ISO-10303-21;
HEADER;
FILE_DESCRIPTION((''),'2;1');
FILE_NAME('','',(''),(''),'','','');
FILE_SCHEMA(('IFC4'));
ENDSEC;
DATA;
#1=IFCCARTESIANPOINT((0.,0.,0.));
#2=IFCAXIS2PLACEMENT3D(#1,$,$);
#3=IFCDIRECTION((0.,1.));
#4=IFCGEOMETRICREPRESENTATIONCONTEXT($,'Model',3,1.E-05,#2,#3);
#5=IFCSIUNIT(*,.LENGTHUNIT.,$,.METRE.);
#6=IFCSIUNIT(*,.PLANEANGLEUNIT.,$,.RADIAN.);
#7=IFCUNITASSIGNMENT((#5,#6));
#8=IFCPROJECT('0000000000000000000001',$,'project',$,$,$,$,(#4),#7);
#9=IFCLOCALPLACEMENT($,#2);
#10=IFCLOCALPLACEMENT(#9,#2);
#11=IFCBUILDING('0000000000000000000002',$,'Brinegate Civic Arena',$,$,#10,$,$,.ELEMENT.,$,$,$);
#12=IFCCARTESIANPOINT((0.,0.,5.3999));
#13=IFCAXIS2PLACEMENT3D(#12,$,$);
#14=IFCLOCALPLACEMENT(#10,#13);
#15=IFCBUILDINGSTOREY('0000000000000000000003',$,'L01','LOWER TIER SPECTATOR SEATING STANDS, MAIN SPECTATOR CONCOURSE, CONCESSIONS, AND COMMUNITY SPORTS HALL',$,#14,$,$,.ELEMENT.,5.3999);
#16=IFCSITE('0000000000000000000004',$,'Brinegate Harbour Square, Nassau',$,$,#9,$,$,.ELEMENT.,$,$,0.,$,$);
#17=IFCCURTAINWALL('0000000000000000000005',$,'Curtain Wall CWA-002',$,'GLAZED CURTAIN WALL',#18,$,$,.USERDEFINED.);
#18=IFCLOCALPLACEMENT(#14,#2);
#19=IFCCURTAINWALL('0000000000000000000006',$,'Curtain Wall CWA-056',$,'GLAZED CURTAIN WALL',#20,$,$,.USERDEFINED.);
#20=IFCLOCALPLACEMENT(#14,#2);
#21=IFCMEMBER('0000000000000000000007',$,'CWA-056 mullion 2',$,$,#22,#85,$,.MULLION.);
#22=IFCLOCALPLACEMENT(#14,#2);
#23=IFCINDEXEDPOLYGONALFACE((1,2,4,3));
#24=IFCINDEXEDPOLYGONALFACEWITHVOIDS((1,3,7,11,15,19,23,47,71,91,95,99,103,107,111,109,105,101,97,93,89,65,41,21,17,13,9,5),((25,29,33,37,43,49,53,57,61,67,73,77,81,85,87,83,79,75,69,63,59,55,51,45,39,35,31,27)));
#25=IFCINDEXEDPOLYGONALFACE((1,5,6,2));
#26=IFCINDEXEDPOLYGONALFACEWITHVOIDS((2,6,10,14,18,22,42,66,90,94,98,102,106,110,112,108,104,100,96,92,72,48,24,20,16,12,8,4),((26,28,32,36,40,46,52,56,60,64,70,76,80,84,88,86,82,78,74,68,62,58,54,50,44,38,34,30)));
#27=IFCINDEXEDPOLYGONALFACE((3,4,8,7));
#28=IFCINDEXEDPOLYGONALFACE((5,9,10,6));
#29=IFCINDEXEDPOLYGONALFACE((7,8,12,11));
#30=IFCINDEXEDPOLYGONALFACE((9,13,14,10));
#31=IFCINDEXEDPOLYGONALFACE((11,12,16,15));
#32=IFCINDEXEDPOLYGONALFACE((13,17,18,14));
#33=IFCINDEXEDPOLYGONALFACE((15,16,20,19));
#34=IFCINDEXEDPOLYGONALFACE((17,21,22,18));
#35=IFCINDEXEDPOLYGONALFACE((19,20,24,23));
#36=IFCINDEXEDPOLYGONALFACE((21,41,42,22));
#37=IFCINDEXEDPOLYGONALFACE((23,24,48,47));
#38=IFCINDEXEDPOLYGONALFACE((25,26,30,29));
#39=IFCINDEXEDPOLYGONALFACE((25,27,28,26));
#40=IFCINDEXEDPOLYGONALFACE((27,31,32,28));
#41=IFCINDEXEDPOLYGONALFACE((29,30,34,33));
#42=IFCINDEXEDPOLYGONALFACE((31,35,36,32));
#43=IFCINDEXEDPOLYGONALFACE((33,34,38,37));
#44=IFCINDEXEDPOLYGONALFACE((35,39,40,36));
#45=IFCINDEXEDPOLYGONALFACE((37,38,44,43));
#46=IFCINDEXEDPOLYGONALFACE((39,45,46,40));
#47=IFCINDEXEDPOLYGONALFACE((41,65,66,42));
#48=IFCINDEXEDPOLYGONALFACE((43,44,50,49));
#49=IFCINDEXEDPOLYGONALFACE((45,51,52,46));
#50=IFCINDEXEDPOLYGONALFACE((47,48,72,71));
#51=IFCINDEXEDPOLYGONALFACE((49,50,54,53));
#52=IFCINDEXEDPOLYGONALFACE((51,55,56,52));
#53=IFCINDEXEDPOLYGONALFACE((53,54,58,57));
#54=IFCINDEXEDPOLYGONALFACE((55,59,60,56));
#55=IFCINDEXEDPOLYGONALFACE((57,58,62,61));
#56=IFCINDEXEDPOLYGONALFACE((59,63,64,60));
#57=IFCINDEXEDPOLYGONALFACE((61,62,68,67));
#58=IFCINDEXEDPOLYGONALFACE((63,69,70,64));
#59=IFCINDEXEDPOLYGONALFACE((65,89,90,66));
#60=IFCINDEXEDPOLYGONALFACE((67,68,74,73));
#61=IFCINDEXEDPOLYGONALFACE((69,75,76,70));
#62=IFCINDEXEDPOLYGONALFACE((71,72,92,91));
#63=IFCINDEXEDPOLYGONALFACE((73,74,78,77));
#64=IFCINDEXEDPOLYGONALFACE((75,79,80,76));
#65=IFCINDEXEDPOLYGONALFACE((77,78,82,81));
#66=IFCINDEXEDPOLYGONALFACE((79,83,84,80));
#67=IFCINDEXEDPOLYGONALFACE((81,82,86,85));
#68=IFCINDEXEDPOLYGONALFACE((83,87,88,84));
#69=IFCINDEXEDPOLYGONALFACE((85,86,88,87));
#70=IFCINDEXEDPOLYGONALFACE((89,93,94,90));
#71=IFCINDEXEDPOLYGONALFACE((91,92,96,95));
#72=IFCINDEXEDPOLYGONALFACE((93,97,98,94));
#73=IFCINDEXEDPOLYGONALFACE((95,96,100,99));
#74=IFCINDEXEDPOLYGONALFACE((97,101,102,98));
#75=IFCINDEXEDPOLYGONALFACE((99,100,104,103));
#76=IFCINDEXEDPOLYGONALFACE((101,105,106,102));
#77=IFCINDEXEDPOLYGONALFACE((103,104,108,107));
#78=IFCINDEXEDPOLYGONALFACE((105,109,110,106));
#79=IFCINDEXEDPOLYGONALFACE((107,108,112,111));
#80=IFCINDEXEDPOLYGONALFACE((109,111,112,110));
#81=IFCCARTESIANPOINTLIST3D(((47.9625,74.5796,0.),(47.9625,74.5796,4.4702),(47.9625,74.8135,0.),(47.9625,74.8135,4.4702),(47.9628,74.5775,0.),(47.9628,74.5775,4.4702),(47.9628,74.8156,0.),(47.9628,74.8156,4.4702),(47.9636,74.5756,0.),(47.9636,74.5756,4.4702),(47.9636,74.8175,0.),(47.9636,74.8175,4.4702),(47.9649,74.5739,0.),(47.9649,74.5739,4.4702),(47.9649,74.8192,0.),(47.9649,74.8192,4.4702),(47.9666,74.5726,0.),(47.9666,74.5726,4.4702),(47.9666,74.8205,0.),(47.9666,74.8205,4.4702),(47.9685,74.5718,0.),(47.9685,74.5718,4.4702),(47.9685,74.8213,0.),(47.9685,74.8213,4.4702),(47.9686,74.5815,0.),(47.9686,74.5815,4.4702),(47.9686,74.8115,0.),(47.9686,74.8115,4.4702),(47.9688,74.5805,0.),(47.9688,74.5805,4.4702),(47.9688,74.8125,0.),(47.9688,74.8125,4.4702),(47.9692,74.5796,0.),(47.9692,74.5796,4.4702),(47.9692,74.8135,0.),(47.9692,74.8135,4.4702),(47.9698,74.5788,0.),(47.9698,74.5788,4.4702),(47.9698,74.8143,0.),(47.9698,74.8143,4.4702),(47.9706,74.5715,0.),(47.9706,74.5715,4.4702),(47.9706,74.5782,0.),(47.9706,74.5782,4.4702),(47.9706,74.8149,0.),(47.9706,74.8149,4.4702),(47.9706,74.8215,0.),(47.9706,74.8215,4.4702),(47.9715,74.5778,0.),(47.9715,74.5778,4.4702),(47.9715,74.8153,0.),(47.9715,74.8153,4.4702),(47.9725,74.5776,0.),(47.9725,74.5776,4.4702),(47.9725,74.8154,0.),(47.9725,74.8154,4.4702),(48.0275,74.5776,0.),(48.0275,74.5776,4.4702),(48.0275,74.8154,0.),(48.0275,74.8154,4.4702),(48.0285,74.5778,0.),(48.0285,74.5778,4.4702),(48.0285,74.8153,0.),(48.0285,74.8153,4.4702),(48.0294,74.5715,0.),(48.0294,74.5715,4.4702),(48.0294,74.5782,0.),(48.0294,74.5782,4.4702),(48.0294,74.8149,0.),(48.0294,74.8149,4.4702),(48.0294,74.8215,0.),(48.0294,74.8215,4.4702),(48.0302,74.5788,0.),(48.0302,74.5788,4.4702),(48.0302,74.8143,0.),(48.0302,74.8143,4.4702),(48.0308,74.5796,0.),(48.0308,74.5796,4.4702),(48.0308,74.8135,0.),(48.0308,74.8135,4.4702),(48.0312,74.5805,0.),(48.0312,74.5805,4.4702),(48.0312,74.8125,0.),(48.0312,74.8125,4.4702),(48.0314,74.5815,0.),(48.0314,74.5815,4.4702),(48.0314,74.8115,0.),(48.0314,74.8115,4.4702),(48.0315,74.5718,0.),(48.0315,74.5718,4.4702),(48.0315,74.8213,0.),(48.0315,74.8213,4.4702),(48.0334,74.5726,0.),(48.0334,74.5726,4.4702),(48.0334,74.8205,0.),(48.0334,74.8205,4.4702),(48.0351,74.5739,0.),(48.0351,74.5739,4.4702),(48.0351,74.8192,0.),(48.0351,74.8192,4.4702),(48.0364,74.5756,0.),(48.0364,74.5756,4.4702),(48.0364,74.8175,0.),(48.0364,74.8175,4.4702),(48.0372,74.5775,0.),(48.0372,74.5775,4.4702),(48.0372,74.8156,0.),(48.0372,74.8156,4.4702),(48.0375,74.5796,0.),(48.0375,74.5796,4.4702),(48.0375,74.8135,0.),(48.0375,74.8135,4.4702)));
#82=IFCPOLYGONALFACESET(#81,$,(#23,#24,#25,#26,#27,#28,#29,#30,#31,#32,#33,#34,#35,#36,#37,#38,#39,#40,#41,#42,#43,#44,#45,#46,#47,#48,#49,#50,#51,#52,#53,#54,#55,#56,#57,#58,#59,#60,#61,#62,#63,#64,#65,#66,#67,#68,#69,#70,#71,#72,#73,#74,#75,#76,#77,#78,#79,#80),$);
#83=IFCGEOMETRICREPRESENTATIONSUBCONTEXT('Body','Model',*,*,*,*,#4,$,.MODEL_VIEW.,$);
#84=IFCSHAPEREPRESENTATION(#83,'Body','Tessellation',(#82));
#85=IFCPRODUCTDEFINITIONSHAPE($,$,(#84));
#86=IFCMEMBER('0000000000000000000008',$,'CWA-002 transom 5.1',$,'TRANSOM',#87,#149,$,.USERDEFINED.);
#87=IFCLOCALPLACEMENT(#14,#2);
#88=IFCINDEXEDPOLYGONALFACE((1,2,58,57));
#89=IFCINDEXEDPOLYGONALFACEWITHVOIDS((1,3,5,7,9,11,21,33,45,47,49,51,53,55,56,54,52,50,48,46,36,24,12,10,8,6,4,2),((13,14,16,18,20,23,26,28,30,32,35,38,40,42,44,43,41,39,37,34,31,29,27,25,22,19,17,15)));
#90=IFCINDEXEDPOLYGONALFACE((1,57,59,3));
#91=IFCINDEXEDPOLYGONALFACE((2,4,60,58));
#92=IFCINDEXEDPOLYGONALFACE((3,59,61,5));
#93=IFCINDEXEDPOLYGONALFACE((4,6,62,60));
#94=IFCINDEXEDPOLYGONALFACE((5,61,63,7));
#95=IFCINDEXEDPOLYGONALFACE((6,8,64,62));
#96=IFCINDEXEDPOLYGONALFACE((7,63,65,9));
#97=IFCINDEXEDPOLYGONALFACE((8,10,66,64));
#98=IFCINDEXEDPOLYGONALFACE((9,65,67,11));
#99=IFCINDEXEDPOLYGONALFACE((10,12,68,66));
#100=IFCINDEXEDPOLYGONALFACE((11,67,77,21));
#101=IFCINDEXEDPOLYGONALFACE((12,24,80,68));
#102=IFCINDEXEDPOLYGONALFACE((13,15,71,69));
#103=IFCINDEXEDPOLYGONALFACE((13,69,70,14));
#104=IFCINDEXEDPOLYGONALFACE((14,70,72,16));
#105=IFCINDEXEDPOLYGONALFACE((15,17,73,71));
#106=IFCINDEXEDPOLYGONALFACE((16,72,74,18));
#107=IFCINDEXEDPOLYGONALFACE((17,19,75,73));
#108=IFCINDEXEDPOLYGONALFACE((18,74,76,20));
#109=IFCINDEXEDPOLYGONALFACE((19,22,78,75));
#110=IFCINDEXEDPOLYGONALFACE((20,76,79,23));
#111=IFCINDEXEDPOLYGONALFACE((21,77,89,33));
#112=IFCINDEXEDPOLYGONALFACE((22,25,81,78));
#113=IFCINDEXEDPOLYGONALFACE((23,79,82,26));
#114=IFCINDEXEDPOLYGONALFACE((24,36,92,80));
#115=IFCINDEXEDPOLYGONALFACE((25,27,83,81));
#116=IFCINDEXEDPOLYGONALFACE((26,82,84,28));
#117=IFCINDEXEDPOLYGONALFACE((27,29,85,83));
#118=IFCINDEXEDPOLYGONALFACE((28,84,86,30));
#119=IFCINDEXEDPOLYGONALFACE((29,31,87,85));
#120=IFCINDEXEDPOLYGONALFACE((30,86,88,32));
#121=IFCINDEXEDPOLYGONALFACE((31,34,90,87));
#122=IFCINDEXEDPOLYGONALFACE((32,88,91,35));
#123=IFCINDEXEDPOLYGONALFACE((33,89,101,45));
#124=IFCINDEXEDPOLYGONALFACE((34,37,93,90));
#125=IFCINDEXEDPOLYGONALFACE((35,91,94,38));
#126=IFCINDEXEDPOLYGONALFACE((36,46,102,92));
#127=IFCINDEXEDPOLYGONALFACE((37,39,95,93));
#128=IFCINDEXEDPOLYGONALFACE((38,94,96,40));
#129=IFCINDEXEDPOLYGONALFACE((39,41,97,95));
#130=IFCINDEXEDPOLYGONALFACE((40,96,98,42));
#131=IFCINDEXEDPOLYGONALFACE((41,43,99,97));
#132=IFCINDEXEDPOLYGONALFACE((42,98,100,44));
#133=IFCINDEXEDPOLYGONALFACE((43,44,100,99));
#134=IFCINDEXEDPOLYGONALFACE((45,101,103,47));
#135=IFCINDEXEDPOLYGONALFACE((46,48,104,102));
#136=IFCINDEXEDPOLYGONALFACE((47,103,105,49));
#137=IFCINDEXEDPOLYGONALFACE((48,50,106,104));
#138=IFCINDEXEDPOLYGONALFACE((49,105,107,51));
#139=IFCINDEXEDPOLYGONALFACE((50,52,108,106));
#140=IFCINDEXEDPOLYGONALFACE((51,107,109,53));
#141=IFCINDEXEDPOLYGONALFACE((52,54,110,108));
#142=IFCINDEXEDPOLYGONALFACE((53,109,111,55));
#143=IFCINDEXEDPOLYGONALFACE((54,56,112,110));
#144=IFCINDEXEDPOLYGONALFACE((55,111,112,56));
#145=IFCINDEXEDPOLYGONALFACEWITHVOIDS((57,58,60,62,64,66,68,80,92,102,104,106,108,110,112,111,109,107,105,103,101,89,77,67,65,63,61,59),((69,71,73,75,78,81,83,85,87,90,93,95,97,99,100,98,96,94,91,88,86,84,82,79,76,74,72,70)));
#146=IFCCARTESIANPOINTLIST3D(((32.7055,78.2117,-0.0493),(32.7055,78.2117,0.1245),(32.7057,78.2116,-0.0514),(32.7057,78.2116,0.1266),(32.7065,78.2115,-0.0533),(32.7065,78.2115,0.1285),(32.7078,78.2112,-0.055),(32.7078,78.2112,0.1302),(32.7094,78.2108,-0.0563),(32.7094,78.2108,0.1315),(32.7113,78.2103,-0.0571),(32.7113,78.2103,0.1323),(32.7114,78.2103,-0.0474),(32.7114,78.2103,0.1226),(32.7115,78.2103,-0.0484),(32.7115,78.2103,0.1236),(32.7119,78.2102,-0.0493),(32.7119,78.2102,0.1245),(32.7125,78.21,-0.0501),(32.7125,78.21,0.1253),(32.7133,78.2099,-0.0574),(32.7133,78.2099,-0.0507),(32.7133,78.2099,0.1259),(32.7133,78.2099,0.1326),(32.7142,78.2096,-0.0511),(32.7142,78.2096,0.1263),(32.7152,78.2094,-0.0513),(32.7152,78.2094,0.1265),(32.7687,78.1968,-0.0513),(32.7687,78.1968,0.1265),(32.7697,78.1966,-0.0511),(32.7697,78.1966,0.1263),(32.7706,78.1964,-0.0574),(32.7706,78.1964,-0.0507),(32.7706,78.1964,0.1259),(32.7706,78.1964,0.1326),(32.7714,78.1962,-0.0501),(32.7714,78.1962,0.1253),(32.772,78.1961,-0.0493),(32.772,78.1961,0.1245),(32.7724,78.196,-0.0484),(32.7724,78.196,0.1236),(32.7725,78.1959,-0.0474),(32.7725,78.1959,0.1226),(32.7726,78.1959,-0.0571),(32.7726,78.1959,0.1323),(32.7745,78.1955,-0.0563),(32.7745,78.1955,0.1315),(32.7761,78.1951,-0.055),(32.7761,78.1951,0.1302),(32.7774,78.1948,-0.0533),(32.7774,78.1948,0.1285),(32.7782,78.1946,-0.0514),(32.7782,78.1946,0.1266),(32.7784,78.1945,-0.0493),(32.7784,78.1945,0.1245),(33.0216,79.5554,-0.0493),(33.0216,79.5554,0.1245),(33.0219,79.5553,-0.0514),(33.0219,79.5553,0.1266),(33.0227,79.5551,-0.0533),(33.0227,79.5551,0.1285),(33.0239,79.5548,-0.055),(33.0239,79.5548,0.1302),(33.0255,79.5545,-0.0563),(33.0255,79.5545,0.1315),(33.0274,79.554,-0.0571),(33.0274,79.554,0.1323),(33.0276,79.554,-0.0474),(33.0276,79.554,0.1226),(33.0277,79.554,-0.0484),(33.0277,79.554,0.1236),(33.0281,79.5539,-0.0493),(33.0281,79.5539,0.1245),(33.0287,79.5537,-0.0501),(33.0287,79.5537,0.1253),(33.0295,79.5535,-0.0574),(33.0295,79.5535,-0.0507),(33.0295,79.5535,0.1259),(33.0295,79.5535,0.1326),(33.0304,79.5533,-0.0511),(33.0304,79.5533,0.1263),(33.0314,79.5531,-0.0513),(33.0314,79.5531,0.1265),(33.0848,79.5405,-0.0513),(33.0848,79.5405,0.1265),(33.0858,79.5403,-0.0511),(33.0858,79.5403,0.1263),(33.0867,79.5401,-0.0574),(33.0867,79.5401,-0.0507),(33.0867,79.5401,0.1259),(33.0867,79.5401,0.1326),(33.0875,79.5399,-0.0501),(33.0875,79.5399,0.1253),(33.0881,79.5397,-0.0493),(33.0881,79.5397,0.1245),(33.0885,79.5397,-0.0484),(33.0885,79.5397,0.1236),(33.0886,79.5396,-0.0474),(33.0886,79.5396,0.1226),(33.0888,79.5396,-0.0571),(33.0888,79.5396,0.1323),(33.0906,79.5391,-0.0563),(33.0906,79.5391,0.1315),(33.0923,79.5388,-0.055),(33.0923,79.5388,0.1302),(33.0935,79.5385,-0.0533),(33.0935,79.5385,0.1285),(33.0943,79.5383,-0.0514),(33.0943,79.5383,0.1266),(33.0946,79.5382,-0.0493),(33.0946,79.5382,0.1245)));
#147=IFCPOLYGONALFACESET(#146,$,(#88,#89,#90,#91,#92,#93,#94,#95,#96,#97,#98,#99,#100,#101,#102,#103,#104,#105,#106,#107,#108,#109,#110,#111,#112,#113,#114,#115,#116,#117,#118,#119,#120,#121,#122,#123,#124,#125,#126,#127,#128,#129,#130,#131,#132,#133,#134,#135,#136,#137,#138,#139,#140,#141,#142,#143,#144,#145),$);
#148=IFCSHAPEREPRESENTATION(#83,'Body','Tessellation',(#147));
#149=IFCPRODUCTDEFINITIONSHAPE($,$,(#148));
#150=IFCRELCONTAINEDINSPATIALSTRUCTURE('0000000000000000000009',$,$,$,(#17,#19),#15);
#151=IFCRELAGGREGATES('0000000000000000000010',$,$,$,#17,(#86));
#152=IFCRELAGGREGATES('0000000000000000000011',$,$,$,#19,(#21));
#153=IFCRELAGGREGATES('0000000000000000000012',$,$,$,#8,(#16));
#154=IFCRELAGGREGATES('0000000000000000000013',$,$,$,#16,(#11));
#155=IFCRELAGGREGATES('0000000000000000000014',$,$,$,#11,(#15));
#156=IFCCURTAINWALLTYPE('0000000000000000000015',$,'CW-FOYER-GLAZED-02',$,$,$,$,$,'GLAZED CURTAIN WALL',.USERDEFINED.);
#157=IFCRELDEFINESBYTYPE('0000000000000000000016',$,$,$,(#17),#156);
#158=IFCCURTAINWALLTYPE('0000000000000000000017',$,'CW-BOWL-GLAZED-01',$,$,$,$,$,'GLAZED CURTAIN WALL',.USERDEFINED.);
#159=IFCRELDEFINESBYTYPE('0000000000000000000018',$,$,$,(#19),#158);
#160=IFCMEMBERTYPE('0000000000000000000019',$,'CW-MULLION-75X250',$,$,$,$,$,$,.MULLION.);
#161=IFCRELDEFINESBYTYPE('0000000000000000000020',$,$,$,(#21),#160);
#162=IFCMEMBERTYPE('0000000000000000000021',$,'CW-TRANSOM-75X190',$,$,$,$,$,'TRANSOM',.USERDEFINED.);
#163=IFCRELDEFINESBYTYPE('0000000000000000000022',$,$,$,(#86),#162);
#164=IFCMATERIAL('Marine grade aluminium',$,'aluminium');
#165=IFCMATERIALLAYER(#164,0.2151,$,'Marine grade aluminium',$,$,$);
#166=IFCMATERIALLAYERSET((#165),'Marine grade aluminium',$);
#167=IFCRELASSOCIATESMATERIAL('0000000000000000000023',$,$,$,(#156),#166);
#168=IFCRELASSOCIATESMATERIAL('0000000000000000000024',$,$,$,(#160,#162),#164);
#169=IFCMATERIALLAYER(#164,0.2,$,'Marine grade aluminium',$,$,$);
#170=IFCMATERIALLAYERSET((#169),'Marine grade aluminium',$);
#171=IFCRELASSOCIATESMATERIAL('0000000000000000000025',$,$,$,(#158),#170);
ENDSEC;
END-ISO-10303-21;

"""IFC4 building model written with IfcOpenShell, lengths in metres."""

from ifc_helpers import new_model, si_unit, direction, frame, origin, origin_2d, place, context, subcontext, project, spatial, hollow_rectangle, extrude, material, layer, layer_set, material_profile, profile_set, type_object, element, aggregate, save


model = new_model("IFC4")

# Units and contexts
model_context = context("Model", 3, precision=1e-05, world=origin(), true_north=direction((0.0, 1.0)))
body_context = subcontext(model_context, "Body", "Model", "MODEL_VIEW")
ifc_project = project(units=[si_unit("LENGTHUNIT", "METRE"), si_unit("PLANEANGLEUNIT", "RADIAN")], contexts=[model_context])

# Site, building, storey
site_placement = place(None, origin())
site = spatial("IfcSite", under=ifc_project, at=site_placement, Name="Brinegate Harbour Square, Nassau", CompositionType="ELEMENT", RefElevation=0.0)
building_placement = place(site_placement, origin())
building = spatial("IfcBuilding", under=site, at=building_placement, Name="Brinegate Civic Arena", CompositionType="ELEMENT")
storey_placement = place(building_placement, frame((0.0, 0.0, 5.3999)))
storey = spatial("IfcBuildingStorey", under=building, at=storey_placement, Name="L01", Description="LOWER TIER SPECTATOR SEATING STANDS, MAIN SPECTATOR CONCOURSE, CONCESSIONS, AND COMMUNITY SPORTS HALL", CompositionType="ELEMENT", Elevation=5.3999)

# Curtain wall
ifc_material_1 = material(Name="Marine grade aluminium", Category="aluminium")
ifc_layer_1 = layer(ifc_material_1, 0.2151, Name="Marine grade aluminium")
ifc_layer_set_1 = layer_set([ifc_layer_1], Name="Marine grade aluminium")
curtain_wall_type_1 = type_object("IfcCurtainWallType", Name="CW-FOYER-GLAZED-02", ElementType="GLAZED CURTAIN WALL", PredefinedType="USERDEFINED", material=ifc_layer_set_1)
curtain_wall_1_placement = place(storey_placement, origin())
curtain_wall_1 = element("IfcCurtainWall", 1, at=curtain_wall_1_placement, inside=storey, type_object=curtain_wall_type_1, Name="Curtain Wall CWA-002", ObjectType="GLAZED CURTAIN WALL", PredefinedType="USERDEFINED")
ifc_material_profile_1 = material_profile(ifc_material_1, hollow_rectangle(XDim=0.075, YDim=0.25, WallThickness=0.0061, InnerFilletRadius=0.0039, OuterFilletRadius=0.0081, at=origin_2d()), Name="MUL75X250")
ifc_profile_set_1 = profile_set([ifc_material_profile_1], Name="Marine grade aluminium")
member_type_1 = type_object("IfcMemberType", Name="CW-MULLION-75X250", PredefinedType="MULLION", material=ifc_profile_set_1)

# Curtain wall, member
ifc_layer_2 = layer(ifc_material_1, 0.2, Name="Marine grade aluminium")
ifc_layer_set_2 = layer_set([ifc_layer_2], Name="Marine grade aluminium")
curtain_wall_type_2 = type_object("IfcCurtainWallType", Name="CW-BOWL-GLAZED-01", ElementType="GLAZED CURTAIN WALL", PredefinedType="USERDEFINED", material=ifc_layer_set_2)
curtain_wall_2_placement = place(storey_placement, origin())
curtain_wall_2 = element("IfcCurtainWall", 2, at=curtain_wall_2_placement, inside=storey, type_object=curtain_wall_type_2, Name="Curtain Wall CWA-056", ObjectType="GLAZED CURTAIN WALL", PredefinedType="USERDEFINED")
member_1_placement = place(storey_placement, frame((48.0, 74.6965, 0.0), z_axis=(0.0, 0.0, 1.0), x_axis=(-1.0, 0.0, 0.0)))
member_1 = element("IfcMember", 3, at=member_1_placement, type_object=member_type_1, Name="CWA-056 mullion 2", PredefinedType="MULLION", context=body_context, shape_type="SweptSolid", body=[
    extrude(hollow_rectangle(XDim=0.075, YDim=0.25, WallThickness=0.0061, InnerFilletRadius=0.0039, OuterFilletRadius=0.0081, at=origin_2d()), origin(), (0.0, 0.0, 1.0), 4.4702),
])

# Member
ifc_material_profile_2 = material_profile(ifc_material_1, hollow_rectangle(XDim=0.075, YDim=0.1899, WallThickness=0.0061, InnerFilletRadius=0.0039, OuterFilletRadius=0.0081, at=origin_2d()), Name="TRN75X190")
ifc_profile_set_2 = profile_set([ifc_material_profile_2], Name="Marine grade aluminium")
member_type_2 = type_object("IfcMemberType", Name="CW-TRANSOM-75X190", ElementType="TRANSOM", PredefinedType="USERDEFINED", material=ifc_profile_set_2)
member_2_placement = place(storey_placement, frame((32.7419, 78.2031, 0.0376), z_axis=(0.229029, 0.973419, 0.0), x_axis=(-0.973419, 0.229029, 0.0)))
member_2 = element("IfcMember", 4, at=member_2_placement, type_object=member_type_2, Name="CWA-002 transom 5.1", ObjectType="TRANSOM", PredefinedType="USERDEFINED", context=body_context, shape_type="SweptSolid", body=[
    extrude(hollow_rectangle(XDim=0.075, YDim=0.1899, WallThickness=0.0061, InnerFilletRadius=0.0039, OuterFilletRadius=0.0081, at=origin_2d()), origin(), (0.0, 0.0, 1.0), 1.3804),
])

aggregate(curtain_wall_1, [member_2])
aggregate(curtain_wall_2, [member_1])

save(model, "model.ifc")
